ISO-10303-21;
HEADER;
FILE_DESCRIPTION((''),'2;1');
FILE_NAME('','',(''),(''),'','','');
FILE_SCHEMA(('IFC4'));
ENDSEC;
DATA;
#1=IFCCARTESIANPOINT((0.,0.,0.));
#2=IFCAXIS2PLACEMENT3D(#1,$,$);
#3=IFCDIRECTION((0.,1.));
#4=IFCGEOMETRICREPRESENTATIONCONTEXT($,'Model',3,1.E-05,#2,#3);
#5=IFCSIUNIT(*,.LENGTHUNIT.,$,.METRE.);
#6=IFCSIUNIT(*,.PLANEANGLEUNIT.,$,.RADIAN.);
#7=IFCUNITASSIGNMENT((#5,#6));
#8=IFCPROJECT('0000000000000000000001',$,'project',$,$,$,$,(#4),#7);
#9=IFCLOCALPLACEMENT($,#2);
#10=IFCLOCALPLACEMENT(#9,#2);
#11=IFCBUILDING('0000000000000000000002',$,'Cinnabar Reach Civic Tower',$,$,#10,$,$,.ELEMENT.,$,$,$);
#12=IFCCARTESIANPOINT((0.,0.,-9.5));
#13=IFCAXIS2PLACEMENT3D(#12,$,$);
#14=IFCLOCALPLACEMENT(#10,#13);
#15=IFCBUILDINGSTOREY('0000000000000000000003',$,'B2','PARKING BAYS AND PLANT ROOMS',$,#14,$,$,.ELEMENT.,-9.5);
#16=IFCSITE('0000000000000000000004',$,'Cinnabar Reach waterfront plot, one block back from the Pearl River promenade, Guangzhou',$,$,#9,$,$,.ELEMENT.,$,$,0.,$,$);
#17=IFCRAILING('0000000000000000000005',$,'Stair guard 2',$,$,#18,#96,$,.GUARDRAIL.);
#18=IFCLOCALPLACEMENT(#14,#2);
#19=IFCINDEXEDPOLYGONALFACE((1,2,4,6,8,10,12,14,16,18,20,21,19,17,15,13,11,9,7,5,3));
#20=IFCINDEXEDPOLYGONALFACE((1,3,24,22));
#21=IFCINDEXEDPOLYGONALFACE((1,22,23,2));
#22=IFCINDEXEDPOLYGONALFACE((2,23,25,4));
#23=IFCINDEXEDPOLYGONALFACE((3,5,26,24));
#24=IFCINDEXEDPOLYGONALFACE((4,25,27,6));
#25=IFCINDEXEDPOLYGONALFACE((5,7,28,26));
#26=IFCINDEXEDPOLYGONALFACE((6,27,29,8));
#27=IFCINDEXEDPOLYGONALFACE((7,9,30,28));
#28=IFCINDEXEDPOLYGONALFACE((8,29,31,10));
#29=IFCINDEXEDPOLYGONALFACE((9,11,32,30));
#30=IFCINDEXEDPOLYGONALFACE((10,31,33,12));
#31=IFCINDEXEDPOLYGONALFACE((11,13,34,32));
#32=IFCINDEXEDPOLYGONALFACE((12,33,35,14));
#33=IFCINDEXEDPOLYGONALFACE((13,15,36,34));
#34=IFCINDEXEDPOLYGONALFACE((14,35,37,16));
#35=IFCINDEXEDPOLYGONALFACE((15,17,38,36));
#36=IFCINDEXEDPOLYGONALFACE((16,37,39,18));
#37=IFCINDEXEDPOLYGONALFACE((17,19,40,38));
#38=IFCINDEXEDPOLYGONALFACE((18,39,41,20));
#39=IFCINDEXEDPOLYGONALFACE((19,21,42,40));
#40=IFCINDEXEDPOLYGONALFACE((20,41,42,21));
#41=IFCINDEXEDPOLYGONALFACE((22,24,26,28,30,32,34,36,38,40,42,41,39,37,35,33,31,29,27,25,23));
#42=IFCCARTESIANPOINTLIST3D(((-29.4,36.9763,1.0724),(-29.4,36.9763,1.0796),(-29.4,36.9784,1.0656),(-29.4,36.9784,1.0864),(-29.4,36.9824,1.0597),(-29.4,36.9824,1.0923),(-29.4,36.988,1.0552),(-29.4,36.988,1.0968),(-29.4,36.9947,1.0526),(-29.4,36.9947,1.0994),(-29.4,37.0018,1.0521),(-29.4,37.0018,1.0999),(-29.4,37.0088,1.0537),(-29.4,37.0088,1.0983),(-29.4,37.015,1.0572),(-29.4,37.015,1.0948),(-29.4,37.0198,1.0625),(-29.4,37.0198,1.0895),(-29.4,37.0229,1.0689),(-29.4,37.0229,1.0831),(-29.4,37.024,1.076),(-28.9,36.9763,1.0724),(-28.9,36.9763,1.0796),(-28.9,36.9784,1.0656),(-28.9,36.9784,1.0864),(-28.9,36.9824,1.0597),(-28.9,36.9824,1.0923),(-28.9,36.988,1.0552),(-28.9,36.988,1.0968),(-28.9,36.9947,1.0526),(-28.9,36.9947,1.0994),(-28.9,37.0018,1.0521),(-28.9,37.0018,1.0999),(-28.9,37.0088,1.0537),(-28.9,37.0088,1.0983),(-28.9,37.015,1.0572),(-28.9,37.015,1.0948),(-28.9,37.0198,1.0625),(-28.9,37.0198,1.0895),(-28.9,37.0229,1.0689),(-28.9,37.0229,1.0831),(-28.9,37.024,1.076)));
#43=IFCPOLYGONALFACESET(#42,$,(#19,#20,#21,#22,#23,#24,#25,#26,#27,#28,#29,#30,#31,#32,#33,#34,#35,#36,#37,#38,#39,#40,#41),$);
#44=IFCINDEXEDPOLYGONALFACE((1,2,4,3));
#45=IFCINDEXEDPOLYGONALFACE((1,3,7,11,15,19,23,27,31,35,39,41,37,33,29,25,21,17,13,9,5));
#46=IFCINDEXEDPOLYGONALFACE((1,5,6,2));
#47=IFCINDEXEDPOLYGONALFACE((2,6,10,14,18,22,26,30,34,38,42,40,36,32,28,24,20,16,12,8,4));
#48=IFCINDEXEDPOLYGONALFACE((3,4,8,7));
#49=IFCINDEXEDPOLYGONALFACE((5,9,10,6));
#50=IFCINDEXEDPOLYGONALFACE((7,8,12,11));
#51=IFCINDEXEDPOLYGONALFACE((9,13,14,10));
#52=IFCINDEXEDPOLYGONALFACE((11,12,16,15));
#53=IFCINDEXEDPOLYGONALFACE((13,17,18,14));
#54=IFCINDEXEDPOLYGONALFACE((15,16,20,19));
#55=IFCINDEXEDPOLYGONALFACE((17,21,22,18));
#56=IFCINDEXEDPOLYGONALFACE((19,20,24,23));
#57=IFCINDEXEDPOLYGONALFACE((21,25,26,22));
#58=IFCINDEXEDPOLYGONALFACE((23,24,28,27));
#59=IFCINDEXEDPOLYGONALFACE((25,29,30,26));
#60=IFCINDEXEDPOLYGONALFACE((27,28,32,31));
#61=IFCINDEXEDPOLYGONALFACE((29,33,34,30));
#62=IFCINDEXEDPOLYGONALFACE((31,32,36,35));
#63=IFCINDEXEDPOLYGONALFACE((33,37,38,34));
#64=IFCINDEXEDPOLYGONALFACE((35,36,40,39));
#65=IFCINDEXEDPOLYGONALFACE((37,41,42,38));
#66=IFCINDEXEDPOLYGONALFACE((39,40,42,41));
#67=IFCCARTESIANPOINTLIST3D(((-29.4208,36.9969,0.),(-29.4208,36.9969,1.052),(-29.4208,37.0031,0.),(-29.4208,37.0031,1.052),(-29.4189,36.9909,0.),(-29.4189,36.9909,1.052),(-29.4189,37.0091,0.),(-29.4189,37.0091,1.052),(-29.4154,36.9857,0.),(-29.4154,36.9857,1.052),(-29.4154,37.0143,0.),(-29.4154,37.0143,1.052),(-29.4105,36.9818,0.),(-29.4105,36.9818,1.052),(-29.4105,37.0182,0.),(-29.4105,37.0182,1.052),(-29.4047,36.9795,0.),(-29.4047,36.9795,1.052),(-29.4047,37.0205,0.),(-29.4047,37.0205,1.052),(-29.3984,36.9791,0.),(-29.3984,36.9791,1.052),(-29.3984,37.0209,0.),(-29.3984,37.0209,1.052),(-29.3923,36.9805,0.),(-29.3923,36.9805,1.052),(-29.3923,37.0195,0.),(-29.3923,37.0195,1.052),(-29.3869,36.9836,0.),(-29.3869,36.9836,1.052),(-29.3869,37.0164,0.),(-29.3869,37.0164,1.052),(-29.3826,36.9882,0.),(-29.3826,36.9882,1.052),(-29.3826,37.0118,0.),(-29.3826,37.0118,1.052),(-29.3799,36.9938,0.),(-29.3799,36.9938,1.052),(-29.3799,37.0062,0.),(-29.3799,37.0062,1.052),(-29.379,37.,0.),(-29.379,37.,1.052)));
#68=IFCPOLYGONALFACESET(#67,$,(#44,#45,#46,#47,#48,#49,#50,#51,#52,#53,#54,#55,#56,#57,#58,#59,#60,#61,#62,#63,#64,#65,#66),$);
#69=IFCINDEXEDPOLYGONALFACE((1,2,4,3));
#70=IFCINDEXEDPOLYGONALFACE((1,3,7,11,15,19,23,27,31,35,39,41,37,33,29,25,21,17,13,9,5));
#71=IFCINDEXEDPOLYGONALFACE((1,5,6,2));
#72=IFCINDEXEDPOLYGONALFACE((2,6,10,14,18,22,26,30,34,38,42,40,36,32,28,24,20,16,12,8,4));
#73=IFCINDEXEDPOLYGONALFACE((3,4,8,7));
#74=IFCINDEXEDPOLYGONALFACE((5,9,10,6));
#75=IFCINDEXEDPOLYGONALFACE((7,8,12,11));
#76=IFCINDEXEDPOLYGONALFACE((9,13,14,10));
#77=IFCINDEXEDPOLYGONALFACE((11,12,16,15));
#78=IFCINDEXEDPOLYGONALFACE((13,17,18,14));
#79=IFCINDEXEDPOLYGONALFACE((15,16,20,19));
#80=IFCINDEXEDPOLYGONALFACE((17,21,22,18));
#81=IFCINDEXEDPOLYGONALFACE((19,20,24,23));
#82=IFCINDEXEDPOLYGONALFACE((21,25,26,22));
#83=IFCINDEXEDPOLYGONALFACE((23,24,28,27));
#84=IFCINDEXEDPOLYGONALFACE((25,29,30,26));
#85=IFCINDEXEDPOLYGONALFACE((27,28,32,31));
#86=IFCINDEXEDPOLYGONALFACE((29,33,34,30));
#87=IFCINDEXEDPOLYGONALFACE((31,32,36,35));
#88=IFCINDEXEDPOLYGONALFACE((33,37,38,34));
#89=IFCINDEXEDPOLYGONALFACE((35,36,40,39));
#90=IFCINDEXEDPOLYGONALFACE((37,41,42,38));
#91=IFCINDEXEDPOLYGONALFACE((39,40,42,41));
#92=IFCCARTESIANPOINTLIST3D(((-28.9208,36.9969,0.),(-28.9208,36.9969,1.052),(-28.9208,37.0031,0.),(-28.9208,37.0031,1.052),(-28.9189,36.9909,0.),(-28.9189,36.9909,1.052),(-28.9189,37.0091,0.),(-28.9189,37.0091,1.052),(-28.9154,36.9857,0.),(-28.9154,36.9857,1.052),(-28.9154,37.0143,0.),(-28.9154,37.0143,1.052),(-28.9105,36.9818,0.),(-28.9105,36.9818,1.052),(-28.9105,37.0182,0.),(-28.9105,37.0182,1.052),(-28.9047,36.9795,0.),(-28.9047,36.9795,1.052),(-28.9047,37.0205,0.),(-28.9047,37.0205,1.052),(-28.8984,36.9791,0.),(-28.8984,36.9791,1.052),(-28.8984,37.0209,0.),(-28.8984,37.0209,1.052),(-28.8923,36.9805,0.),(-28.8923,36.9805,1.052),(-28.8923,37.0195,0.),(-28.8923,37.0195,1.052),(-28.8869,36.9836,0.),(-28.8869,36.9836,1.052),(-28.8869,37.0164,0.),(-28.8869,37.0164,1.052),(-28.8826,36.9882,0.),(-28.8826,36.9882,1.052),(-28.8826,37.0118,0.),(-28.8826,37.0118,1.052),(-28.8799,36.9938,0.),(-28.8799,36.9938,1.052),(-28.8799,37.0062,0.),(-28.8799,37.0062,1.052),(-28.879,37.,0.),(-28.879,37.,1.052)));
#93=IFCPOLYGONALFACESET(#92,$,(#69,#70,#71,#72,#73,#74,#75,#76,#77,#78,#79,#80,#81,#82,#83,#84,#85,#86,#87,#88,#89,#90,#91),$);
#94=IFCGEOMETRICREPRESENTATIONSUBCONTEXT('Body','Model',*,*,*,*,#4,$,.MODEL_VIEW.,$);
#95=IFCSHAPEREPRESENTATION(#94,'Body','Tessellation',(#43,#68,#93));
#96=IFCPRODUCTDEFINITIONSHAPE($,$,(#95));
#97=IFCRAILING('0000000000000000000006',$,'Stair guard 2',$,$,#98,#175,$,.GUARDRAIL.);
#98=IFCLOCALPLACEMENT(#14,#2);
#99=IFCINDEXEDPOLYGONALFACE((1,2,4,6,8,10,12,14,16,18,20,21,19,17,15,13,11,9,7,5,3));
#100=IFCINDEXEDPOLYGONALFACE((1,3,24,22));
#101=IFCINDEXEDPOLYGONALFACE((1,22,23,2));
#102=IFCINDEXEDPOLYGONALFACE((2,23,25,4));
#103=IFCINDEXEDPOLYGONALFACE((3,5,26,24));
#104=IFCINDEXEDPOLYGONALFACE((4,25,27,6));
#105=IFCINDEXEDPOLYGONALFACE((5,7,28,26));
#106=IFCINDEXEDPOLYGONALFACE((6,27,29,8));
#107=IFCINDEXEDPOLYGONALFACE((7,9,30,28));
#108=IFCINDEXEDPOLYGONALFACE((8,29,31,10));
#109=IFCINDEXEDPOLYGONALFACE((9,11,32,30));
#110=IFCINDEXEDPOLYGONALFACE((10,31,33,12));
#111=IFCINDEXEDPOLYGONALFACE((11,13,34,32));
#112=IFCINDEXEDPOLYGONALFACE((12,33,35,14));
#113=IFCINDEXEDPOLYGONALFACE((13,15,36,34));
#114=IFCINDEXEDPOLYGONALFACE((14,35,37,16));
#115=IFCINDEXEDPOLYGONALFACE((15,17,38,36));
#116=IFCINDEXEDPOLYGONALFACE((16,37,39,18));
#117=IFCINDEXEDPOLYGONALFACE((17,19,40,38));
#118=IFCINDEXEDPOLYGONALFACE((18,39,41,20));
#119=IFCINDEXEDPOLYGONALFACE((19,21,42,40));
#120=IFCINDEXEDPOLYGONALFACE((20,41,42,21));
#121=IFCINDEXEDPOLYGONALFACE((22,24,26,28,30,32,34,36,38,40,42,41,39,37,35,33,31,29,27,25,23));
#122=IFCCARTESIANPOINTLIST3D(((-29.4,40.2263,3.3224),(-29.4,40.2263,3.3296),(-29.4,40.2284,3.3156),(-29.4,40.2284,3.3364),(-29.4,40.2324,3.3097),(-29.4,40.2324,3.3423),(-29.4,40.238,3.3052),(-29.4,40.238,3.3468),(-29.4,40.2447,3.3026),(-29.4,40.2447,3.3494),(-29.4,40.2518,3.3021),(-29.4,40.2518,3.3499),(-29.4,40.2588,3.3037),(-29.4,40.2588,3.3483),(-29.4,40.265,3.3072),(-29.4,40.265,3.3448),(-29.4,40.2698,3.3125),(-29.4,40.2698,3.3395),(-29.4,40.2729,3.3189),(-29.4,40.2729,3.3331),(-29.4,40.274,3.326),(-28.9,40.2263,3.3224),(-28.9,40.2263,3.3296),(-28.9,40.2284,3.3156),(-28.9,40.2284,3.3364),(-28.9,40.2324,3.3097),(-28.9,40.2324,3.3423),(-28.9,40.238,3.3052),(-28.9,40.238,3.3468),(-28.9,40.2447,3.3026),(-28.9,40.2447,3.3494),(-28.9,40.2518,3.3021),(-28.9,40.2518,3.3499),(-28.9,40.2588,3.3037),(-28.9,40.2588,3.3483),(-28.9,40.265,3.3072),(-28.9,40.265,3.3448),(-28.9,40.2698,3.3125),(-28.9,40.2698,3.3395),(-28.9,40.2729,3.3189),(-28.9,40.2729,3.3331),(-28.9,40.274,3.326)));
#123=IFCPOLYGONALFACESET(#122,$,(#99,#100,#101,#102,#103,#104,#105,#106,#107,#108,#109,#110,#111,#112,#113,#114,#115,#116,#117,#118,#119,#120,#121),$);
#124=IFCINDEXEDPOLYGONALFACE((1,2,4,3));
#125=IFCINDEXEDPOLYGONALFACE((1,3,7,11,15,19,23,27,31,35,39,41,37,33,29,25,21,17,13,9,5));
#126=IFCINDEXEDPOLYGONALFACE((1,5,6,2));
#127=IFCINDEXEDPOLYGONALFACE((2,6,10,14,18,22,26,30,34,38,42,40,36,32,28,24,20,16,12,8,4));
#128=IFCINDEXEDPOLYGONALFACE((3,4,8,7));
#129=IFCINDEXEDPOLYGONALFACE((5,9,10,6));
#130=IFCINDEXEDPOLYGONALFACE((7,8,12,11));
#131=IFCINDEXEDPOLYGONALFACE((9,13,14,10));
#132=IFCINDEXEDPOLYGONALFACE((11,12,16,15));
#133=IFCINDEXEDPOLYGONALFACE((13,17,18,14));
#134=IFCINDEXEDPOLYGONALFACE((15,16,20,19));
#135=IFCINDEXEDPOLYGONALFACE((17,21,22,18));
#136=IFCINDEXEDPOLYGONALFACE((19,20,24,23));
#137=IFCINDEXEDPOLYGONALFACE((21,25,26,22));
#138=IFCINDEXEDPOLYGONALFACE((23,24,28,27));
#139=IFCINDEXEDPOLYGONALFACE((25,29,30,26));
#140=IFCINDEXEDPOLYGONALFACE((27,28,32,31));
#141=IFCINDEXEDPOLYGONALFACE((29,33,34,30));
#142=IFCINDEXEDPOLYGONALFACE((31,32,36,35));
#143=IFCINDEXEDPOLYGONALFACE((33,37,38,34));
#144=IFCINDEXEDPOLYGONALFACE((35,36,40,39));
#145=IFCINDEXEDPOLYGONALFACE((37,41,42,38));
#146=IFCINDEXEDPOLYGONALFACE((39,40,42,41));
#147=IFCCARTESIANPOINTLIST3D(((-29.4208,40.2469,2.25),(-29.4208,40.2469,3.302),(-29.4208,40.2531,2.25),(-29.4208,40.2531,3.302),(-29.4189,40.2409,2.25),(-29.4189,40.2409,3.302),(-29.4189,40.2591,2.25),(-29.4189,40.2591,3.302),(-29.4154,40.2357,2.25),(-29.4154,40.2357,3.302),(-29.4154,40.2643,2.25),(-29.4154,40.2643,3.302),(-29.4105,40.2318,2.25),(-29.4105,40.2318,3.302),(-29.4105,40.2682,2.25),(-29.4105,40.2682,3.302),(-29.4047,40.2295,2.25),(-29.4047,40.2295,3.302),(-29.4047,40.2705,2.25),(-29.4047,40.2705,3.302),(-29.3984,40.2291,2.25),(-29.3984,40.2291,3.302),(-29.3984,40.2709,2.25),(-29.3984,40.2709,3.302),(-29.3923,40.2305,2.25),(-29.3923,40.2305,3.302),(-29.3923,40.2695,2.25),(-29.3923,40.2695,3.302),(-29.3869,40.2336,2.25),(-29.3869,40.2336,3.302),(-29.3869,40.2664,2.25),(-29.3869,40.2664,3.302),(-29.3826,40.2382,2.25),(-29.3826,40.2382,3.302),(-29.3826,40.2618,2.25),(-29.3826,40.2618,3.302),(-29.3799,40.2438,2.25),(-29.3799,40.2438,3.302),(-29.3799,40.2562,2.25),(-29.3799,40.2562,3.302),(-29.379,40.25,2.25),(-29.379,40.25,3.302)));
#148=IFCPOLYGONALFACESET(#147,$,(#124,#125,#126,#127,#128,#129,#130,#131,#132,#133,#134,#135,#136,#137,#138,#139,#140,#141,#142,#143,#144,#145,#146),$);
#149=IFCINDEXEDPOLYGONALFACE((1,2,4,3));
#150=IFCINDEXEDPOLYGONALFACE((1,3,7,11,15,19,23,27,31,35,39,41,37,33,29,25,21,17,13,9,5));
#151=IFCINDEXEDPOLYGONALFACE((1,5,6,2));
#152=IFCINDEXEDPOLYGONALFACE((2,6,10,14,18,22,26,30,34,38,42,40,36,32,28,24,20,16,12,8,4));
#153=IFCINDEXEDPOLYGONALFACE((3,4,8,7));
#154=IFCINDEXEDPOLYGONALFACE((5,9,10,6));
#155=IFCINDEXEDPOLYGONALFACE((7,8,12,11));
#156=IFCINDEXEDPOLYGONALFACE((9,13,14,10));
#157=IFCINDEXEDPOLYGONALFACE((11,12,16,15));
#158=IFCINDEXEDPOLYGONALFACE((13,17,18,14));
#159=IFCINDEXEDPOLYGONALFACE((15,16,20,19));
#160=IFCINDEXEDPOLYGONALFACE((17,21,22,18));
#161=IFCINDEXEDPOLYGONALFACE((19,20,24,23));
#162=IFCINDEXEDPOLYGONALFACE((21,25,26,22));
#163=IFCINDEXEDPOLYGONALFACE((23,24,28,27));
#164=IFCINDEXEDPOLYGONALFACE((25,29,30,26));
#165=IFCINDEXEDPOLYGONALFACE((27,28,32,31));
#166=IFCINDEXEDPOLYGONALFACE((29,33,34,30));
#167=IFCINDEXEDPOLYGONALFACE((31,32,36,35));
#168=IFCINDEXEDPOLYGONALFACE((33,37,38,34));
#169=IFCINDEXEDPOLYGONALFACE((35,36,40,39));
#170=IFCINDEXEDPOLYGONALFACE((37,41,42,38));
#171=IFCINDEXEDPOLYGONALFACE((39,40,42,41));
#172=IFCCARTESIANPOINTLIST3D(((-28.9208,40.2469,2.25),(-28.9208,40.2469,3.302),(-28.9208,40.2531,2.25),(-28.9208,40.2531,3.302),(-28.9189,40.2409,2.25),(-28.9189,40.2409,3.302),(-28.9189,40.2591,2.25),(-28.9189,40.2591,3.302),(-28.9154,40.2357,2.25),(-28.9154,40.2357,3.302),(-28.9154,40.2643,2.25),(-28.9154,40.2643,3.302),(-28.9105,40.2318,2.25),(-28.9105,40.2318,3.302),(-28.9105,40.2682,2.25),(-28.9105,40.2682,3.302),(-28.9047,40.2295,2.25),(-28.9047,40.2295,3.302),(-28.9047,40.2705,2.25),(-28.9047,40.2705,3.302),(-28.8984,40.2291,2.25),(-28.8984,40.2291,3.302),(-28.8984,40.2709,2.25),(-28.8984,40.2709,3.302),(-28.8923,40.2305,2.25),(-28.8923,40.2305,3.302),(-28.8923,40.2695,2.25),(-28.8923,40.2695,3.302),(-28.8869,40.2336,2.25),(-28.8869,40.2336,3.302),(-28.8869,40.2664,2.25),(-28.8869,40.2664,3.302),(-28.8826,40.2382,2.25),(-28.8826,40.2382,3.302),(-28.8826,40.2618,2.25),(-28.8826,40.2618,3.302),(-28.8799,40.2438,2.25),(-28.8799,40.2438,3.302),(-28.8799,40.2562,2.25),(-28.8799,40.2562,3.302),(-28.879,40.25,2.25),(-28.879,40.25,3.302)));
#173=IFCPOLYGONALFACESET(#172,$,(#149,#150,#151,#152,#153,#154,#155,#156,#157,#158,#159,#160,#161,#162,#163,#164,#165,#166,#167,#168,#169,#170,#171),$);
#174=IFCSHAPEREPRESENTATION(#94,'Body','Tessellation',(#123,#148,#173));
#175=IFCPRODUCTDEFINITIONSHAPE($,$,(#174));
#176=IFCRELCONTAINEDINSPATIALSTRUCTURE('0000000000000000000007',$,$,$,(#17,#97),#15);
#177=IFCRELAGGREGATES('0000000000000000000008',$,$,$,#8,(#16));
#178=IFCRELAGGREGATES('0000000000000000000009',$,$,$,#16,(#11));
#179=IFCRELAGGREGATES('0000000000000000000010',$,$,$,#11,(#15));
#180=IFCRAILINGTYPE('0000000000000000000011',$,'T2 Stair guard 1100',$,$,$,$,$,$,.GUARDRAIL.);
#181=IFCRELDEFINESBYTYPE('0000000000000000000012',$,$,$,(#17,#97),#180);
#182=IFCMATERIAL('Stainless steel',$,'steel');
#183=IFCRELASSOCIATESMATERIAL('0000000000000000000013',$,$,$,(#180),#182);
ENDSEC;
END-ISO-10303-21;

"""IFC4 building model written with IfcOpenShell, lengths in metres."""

from ifc_helpers import new_model, si_unit, direction, frame, origin, origin_2d, place, context, subcontext, project, spatial, circle, extrude, material, type_object, element, save


model = new_model("IFC4")

# Units and contexts
model_context = context("Model", 3, precision=1e-05, world=origin(), true_north=direction((0.0, 1.0)))
body_context = subcontext(model_context, "Body", "Model", "MODEL_VIEW")
ifc_project = project(units=[si_unit("LENGTHUNIT", "METRE"), si_unit("PLANEANGLEUNIT", "RADIAN")], contexts=[model_context])

# Site, building, storey
site_placement = place(None, origin())
site = spatial("IfcSite", under=ifc_project, at=site_placement, Name="Cinnabar Reach waterfront plot, one block back from the Pearl River promenade, Guangzhou", CompositionType="ELEMENT", RefElevation=0.0)
building_placement = place(site_placement, origin())
building = spatial("IfcBuilding", under=site, at=building_placement, Name="Cinnabar Reach Civic Tower", CompositionType="ELEMENT")
storey_placement = place(building_placement, frame((0.0, 0.0, -9.5)))
storey = spatial("IfcBuildingStorey", under=building, at=storey_placement, Name="B2", Description="PARKING BAYS AND PLANT ROOMS", CompositionType="ELEMENT", Elevation=-9.5)

# Railings
ifc_material_1 = material(Name="Stainless steel", Category="steel")
railing_type = type_object("IfcRailingType", Name="T2 Stair guard 1100", PredefinedType="GUARDRAIL", material=ifc_material_1)
for number, where, name in (
    (1, (-29.4, 37.0, 0.0), "Stair guard 2"),
    (2, (-29.4, 40.25, 2.25), "Stair guard 2"),
):
    element("IfcRailing", number, at=place(storey_placement, frame(where)), inside=storey, type_object=railing_type, Name=name, PredefinedType="GUARDRAIL", context=body_context, shape_type="SweptSolid", body=[
        extrude(circle(Radius=0.024, at=origin_2d()), frame((0.0, 0.0, 1.076), z_axis=(1.0, 0.0, 0.0), x_axis=(0.0, 1.0, 0.0)), (0.0, 0.0, 1.0), 0.5),
        extrude(circle(Radius=0.021, at=origin_2d()), origin(), (0.0, 0.0, 1.0), 1.052),
        extrude(circle(Radius=0.021, at=origin_2d()), frame((0.5, 0.0, 0.0)), (0.0, 0.0, 1.0), 1.052),
    ])

save(model, "model.ifc")
